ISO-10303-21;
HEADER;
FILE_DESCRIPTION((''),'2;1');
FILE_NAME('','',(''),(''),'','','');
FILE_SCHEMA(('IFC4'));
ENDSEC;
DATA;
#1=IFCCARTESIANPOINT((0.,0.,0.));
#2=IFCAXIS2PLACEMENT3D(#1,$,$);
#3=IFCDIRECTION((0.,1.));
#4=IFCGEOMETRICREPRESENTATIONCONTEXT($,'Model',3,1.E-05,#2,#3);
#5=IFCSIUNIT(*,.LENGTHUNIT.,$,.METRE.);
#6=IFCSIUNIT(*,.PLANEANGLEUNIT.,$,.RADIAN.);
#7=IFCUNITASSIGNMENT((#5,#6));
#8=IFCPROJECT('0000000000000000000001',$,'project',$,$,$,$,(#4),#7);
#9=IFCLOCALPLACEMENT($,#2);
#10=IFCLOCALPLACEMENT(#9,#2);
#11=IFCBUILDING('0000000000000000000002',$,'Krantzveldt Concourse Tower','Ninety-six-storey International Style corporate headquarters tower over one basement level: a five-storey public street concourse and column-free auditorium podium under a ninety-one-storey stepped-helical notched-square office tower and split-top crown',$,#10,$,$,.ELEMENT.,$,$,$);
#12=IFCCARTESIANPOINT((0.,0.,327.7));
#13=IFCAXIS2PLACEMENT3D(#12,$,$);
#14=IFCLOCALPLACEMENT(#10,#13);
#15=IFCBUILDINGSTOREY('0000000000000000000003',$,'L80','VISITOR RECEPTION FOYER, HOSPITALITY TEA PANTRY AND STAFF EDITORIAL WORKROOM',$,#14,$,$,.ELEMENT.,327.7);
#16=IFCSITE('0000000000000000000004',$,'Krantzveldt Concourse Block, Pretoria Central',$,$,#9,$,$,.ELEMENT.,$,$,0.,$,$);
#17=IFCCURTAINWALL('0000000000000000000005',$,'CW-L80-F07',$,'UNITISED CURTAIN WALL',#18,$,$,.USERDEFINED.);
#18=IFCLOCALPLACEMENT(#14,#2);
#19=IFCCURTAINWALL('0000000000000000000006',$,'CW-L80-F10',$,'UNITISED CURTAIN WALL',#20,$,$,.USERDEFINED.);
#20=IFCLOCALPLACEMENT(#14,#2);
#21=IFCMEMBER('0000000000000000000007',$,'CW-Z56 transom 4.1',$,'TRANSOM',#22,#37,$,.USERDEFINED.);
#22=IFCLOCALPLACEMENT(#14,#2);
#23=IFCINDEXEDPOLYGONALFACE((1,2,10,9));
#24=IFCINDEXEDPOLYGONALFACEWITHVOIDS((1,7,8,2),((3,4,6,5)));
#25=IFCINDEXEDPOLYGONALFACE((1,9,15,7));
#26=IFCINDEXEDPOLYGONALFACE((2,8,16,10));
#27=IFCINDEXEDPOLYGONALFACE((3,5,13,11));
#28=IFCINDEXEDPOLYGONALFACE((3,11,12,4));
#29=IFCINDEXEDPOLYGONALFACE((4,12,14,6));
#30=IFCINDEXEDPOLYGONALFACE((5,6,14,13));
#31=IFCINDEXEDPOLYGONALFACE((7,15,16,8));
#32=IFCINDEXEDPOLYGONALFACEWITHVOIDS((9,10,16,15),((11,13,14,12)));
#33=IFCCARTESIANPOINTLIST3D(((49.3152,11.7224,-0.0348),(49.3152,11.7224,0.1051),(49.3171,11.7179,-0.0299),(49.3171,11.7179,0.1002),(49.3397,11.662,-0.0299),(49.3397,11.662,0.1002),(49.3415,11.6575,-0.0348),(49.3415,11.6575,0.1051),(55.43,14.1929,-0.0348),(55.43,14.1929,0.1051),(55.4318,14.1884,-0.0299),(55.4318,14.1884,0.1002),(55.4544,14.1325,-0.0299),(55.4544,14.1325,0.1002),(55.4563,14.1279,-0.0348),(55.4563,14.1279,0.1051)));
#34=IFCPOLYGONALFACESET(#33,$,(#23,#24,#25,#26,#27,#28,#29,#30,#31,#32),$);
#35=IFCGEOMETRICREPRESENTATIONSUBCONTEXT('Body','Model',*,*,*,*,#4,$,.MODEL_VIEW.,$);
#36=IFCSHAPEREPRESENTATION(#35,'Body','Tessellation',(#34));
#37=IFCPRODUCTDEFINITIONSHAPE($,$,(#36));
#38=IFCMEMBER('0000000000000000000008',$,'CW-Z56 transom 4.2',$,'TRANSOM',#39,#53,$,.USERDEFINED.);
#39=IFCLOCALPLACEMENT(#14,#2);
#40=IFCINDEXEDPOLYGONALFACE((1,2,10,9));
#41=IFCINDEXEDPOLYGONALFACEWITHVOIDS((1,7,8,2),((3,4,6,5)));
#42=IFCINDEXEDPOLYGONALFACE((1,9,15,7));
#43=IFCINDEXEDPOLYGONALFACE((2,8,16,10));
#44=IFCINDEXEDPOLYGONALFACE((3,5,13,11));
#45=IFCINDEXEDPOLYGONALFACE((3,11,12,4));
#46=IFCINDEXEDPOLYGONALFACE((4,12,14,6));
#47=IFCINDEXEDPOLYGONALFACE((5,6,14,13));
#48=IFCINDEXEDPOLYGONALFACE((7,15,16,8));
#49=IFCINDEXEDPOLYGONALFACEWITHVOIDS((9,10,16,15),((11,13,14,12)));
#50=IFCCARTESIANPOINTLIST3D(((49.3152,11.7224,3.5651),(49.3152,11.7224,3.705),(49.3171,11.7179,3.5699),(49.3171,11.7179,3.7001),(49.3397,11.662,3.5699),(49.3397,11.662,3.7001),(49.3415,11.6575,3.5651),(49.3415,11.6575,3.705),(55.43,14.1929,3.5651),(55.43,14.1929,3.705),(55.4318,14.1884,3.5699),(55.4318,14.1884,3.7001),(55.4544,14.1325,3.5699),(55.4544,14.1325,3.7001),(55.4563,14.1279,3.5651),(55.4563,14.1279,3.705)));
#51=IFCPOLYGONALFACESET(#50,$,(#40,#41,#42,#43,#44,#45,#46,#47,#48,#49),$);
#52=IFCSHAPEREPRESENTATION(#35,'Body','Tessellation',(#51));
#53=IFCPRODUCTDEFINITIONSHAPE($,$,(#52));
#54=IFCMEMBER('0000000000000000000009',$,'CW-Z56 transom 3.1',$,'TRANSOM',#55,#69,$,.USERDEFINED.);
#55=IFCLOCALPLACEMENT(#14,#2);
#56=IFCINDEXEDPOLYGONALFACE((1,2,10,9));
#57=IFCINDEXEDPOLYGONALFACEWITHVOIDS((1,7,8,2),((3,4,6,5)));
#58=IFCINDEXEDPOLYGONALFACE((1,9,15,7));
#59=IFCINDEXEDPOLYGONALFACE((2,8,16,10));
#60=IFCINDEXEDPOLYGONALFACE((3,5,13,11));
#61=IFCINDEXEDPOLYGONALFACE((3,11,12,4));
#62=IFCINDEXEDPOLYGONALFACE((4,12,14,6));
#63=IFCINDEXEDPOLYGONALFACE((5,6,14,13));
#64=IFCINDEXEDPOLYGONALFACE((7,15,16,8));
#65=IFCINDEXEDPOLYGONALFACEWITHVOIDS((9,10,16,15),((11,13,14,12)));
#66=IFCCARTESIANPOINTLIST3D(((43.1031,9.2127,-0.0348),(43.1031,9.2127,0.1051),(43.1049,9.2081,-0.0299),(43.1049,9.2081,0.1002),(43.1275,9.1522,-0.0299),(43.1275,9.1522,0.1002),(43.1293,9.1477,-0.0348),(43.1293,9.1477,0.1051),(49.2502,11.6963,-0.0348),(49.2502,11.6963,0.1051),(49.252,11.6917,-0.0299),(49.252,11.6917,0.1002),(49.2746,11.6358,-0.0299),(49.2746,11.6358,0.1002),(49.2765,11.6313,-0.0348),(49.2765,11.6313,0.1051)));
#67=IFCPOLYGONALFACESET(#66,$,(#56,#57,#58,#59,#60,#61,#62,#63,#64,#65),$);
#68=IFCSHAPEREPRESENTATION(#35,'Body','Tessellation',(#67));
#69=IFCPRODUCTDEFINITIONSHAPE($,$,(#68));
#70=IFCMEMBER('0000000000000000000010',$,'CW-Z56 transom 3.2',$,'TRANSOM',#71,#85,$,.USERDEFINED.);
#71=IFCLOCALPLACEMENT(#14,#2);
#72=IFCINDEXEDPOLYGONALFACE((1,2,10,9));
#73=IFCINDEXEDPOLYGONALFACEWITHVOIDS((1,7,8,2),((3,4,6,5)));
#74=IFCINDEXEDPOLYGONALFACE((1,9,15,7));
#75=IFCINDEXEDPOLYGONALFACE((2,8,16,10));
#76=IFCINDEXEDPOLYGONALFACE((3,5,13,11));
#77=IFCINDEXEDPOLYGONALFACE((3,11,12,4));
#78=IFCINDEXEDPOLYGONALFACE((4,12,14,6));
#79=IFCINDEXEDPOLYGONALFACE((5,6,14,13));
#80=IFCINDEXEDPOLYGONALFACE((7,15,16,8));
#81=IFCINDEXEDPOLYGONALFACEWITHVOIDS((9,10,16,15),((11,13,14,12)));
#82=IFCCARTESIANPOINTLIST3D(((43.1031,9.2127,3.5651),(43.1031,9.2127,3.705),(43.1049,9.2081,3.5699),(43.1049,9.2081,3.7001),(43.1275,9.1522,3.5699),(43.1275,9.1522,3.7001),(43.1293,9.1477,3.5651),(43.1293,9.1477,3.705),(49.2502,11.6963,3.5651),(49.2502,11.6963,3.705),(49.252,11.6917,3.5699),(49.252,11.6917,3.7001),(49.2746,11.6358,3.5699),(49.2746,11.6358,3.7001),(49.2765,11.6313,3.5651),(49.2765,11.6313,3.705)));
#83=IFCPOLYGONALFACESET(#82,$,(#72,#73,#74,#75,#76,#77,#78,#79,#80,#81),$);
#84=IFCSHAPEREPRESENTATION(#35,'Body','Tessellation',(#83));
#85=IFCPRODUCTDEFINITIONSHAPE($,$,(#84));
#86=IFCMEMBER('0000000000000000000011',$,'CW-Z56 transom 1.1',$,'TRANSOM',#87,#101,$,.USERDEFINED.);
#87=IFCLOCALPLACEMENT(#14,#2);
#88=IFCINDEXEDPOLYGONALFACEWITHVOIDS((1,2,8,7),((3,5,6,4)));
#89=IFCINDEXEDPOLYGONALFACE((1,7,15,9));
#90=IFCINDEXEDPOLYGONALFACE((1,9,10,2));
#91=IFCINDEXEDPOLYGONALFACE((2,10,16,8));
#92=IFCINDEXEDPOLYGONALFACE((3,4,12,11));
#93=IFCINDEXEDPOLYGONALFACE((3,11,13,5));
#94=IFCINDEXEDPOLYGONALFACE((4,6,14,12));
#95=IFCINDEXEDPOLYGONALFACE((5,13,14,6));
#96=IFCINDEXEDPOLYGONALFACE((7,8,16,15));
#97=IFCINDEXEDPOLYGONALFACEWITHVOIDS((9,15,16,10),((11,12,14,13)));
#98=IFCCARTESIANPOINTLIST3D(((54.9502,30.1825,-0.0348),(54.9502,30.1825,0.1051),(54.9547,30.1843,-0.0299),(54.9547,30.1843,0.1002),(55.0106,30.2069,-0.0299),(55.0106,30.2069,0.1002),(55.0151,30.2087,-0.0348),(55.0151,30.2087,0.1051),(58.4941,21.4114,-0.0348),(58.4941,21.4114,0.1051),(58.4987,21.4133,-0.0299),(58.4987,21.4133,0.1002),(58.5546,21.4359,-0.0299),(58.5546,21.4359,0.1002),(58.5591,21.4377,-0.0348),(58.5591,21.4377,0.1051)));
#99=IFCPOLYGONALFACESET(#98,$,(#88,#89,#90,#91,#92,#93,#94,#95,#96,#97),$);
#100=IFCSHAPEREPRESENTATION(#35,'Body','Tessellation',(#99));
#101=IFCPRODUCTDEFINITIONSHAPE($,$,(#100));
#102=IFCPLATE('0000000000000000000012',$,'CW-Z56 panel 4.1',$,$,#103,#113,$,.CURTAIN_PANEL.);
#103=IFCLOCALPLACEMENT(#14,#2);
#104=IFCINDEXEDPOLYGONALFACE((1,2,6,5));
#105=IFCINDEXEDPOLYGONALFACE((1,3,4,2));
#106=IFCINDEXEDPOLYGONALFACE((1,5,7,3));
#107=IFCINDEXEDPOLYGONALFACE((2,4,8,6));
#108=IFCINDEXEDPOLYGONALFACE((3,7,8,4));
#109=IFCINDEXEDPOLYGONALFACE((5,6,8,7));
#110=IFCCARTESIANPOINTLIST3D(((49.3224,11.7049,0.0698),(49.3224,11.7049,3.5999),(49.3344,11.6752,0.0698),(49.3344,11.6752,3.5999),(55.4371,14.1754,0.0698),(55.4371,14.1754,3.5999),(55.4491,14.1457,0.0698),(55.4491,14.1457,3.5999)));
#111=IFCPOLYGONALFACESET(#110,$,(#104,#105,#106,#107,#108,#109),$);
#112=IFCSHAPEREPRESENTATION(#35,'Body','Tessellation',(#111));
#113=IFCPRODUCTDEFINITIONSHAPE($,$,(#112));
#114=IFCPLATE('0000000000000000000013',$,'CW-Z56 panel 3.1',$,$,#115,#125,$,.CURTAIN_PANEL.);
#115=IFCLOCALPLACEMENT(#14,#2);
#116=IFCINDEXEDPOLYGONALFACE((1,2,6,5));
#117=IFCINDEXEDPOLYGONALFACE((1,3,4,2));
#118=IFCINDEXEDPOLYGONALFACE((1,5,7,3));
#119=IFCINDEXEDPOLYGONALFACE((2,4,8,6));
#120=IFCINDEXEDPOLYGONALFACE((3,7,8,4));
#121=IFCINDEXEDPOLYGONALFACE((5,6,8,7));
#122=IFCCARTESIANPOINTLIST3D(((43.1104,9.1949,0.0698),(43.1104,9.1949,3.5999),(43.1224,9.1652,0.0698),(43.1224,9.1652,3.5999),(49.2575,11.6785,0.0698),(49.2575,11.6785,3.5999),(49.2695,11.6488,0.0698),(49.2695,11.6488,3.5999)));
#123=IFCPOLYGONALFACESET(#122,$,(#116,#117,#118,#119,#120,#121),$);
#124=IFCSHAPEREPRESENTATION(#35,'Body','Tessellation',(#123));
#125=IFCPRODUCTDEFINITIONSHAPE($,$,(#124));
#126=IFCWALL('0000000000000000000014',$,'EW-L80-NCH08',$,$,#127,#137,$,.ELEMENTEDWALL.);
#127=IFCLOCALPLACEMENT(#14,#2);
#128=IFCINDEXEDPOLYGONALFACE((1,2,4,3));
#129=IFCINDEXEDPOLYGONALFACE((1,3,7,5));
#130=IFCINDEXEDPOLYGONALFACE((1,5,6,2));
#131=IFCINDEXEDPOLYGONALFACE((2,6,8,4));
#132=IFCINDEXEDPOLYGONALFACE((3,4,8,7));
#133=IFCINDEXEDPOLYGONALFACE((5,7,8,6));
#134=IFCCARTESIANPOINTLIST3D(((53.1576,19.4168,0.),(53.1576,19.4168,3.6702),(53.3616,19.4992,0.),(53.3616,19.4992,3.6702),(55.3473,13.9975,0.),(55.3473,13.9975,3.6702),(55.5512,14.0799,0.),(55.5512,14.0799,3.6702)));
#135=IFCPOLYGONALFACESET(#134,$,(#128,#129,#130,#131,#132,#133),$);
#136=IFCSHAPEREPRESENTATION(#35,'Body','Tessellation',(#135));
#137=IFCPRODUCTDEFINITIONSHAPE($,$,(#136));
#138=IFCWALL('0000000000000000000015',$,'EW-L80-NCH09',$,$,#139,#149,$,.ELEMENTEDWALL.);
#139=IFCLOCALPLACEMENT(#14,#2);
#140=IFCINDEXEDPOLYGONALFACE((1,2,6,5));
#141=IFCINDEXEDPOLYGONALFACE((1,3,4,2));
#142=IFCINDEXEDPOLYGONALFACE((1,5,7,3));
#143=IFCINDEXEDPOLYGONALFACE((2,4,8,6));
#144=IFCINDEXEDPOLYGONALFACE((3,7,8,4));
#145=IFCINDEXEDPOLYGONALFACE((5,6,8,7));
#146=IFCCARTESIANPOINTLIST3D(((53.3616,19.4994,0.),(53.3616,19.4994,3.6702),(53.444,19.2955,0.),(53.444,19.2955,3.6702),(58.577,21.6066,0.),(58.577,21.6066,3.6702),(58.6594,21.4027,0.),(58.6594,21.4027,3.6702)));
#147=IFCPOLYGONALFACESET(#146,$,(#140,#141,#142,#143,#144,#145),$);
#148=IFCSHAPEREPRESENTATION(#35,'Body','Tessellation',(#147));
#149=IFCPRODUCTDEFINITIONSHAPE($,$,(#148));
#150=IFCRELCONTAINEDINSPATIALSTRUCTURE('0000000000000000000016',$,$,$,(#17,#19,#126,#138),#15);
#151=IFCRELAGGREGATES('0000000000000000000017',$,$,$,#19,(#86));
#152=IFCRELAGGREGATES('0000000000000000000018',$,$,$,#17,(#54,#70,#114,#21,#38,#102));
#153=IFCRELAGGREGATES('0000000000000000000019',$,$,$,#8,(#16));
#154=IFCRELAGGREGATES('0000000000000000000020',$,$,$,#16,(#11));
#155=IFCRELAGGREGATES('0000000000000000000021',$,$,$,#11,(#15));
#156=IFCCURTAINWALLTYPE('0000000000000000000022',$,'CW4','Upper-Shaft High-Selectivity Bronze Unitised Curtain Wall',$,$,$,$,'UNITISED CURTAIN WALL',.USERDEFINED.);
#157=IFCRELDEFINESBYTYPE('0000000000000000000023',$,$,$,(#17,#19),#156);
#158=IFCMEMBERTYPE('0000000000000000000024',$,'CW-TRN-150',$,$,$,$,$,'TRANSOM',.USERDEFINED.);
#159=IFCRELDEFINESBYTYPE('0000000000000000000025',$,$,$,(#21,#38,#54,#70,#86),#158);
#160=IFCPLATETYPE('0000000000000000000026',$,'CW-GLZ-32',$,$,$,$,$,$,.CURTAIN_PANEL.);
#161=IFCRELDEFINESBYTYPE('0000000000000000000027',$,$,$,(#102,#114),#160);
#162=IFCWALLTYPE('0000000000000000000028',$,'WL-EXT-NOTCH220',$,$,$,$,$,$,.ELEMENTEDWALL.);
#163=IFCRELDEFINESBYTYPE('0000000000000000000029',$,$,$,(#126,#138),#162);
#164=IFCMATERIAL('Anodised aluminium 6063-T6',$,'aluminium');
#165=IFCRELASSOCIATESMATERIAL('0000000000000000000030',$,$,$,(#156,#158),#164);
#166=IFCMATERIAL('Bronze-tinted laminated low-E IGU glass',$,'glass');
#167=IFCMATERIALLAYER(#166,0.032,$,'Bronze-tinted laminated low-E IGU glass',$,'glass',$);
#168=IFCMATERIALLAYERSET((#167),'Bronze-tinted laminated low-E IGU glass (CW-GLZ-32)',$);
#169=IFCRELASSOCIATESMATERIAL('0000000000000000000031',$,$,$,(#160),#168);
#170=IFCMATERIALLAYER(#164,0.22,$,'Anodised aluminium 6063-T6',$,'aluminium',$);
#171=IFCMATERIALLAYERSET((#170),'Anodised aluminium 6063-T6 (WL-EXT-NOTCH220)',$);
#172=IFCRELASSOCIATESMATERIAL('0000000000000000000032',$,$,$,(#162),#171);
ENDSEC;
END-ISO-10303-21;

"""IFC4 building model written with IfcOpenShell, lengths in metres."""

from ifc_helpers import new_model, si_unit, direction, frame, frame_2d, origin, origin_2d, place, context, subcontext, project, spatial, rectangle, hollow_rectangle, extrude, source, transform, mapped, material, layer, layer_set, material_profile, profile_set, type_object, type_shapes, element, aggregate, save


model = new_model("IFC4")

# Units and contexts
model_context = context("Model", 3, precision=1e-05, world=origin(), true_north=direction((0.0, 1.0)))
body_context = subcontext(model_context, "Body", "Model", "MODEL_VIEW")
ifc_project = project(units=[si_unit("LENGTHUNIT", "METRE"), si_unit("PLANEANGLEUNIT", "RADIAN")], contexts=[model_context])

# Site, building, storey
site_placement = place(None, origin())
site = spatial("IfcSite", under=ifc_project, at=site_placement, Name="Krantzveldt Concourse Block, Pretoria Central", CompositionType="ELEMENT", RefElevation=0.0)
building_placement = place(site_placement, origin())
building = spatial("IfcBuilding", under=site, at=building_placement, Name="Krantzveldt Concourse Tower", Description="Ninety-six-storey International Style corporate headquarters tower over one basement level: a five-storey public street concourse and column-free auditorium podium under a ninety-one-storey stepped-helical notched-square office tower and split-top crown", CompositionType="ELEMENT")
storey_placement = place(building_placement, frame((0.0, 0.0, 327.7)))
storey = spatial("IfcBuildingStorey", under=building, at=storey_placement, Name="L80", Description="VISITOR RECEPTION FOYER, HOSPITALITY TEA PANTRY AND STAFF EDITORIAL WORKROOM", CompositionType="ELEMENT", Elevation=327.7)

# Curtain wall
ifc_material_1 = material(Name="Anodised aluminium 6063-T6", Category="aluminium")
curtain_wall_type = type_object("IfcCurtainWallType", Name="CW4", Description="Upper-Shaft High-Selectivity Bronze Unitised Curtain Wall", ElementType="UNITISED CURTAIN WALL", PredefinedType="USERDEFINED", material=ifc_material_1)
curtain_wall_1_placement = place(storey_placement, origin())
curtain_wall_1 = element("IfcCurtainWall", 1, at=curtain_wall_1_placement, inside=storey, type_object=curtain_wall_type, Name="CW-L80-F07", ObjectType="UNITISED CURTAIN WALL", PredefinedType="USERDEFINED")

# Curtain wall
curtain_wall_2_placement = place(storey_placement, origin())
curtain_wall_2 = element("IfcCurtainWall", 2, at=curtain_wall_2_placement, inside=storey, type_object=curtain_wall_type, Name="CW-L80-F10", ObjectType="UNITISED CURTAIN WALL", PredefinedType="USERDEFINED")

# Members
ifc_material_profile_1 = material_profile(ifc_material_1, hollow_rectangle(XDim=0.0701, YDim=0.1399, WallThickness=0.0049, at=origin_2d()), Name="Anodised aluminium 6063-T6", Category="aluminium")
ifc_profile_set_1 = profile_set([ifc_material_profile_1], Name="Anodised aluminium 6063-T6 - ALU-TRAN 140x70x5")
member_type_1 = type_object("IfcMemberType", Name="CW-TRN-150", ElementType="TRANSOM", PredefinedType="USERDEFINED", material=ifc_profile_set_1)
shared_shape_1 = source(origin(), body_context, "Body", "SweptSolid", [
    extrude(hollow_rectangle(XDim=0.0701, YDim=0.1399, WallThickness=0.0049, at=origin_2d()), origin(), (0.0, 0.0, 1.0), 6.595),
])
member_1_placement = place(storey_placement, frame((49.3284, 11.6899, 0.0352), z_axis=(0.927187, 0.374599, 0.0), x_axis=(-0.374599, 0.927187, 0.0)))
member_1 = element("IfcMember", 3, at=member_1_placement, type_object=member_type_1, Name="CW-Z56 transom 4.1", ObjectType="TRANSOM", PredefinedType="USERDEFINED", context=body_context, shape_type="MappedRepresentation", body=[
    mapped(shared_shape_1, transform((0.0, 0.0, 0.0), x_axis=(1.0, 0.0, 0.0), y_axis=(0.0, 1.0, 0.0), z_axis=(0.0, 0.0, 1.0), scale=1.0)),
])
member_2_placement = place(storey_placement, frame((49.3284, 11.6899, 3.635), z_axis=(0.927187, 0.374599, 0.0), x_axis=(-0.374599, 0.927187, 0.0)))
member_2 = element("IfcMember", 4, at=member_2_placement, type_object=member_type_1, Name="CW-Z56 transom 4.2", ObjectType="TRANSOM", PredefinedType="USERDEFINED", context=body_context, shape_type="MappedRepresentation", body=[
    mapped(shared_shape_1, transform((0.0, 0.0, 0.0), x_axis=(1.0, 0.0, 0.0), y_axis=(0.0, 1.0, 0.0), z_axis=(0.0, 0.0, 1.0), scale=1.0)),
])
shared_shape_2 = source(origin(), body_context, "Body", "SweptSolid", [
    extrude(hollow_rectangle(XDim=0.0701, YDim=0.1399, WallThickness=0.0049, at=origin_2d()), origin(), (0.0, 0.0, 1.0), 6.6299),
])
member_3_placement = place(storey_placement, frame((43.1162, 9.1802, 0.0352), z_axis=(0.927184, 0.374607, 0.0), x_axis=(-0.374607, 0.927184, 0.0)))
member_3 = element("IfcMember", 5, at=member_3_placement, type_object=member_type_1, Name="CW-Z56 transom 3.1", ObjectType="TRANSOM", PredefinedType="USERDEFINED", context=body_context, shape_type="MappedRepresentation", body=[
    mapped(shared_shape_2, transform((0.0, 0.0, 0.0), x_axis=(1.0, 0.0, 0.0), y_axis=(0.0, 1.0, 0.0), z_axis=(0.0, 0.0, 1.0), scale=1.0)),
])
member_4_placement = place(storey_placement, frame((43.1162, 9.1802, 3.635), z_axis=(0.927184, 0.374607, 0.0), x_axis=(-0.374607, 0.927184, 0.0)))
member_4 = element("IfcMember", 6, at=member_4_placement, type_object=member_type_1, Name="CW-Z56 transom 3.2", ObjectType="TRANSOM", PredefinedType="USERDEFINED", context=body_context, shape_type="MappedRepresentation", body=[
    mapped(shared_shape_2, transform((0.0, 0.0, 0.0), x_axis=(1.0, 0.0, 0.0), y_axis=(0.0, 1.0, 0.0), z_axis=(0.0, 0.0, 1.0), scale=1.0)),
])
shared_shape_3 = source(origin(), body_context, "Body", "SweptSolid", [
    extrude(hollow_rectangle(XDim=0.0701, YDim=0.1399, WallThickness=0.0049, at=origin_2d()), origin(), (0.0, 0.0, 1.0), 9.46),
])
type_shapes(member_type_1, [shared_shape_1, shared_shape_2, shared_shape_3])
member_5_placement = place(storey_placement, frame((58.5266, 21.4246, 0.0352), z_axis=(-0.374628, 0.927175, 0.0), x_axis=(-0.927175, -0.374628, 0.0)))
member_5 = element("IfcMember", 7, at=member_5_placement, type_object=member_type_1, Name="CW-Z56 transom 1.1", ObjectType="TRANSOM", PredefinedType="USERDEFINED", context=body_context, shape_type="MappedRepresentation", body=[
    mapped(shared_shape_3, transform((0.0, 0.0, 0.0), x_axis=(1.0, 0.0, 0.0), y_axis=(0.0, 1.0, 0.0), z_axis=(0.0, 0.0, 1.0), scale=1.0)),
])
aggregate(curtain_wall_2, [member_5])

# Plates
ifc_material_2 = material(Name="Bronze-tinted laminated low-E IGU glass", Category="glass")
ifc_layer_1 = layer(ifc_material_2, 0.032, Name="Bronze-tinted laminated low-E IGU glass", Category="glass")
ifc_layer_set_1 = layer_set([ifc_layer_1], Name="Bronze-tinted laminated low-E IGU glass (CW-GLZ-32)")
plate_type = type_object("IfcPlateType", Name="CW-GLZ-32", PredefinedType="CURTAIN_PANEL", material=ifc_layer_set_1)
shared_shape_4 = source(origin(), body_context, "Body", "SweptSolid", [
    extrude(rectangle(XDim=6.595, YDim=0.032, at=origin_2d()), origin(), (0.0, 0.0, 1.0), 3.53),
])
plate_1_placement = place(storey_placement, frame((52.3857, 12.9253, 0.0698), z_axis=(0.0, 0.0, 1.0), x_axis=(0.927184, 0.374607, 0.0)))
plate_1 = element("IfcPlate", 8, at=plate_1_placement, type_object=plate_type, Name="CW-Z56 panel 4.1", PredefinedType="CURTAIN_PANEL", context=body_context, shape_type="MappedRepresentation", body=[
    mapped(shared_shape_4, transform((0.0, 0.0, 0.0), x_axis=(1.0, 0.0, 0.0), y_axis=(0.0, 1.0, 0.0), z_axis=(0.0, 0.0, 1.0), scale=1.0)),
])
shared_shape_5 = source(origin(), body_context, "Body", "SweptSolid", [
    extrude(rectangle(XDim=6.6299, YDim=0.032, at=origin_2d()), origin(), (0.0, 0.0, 1.0), 3.53),
])
type_shapes(plate_type, [shared_shape_4, shared_shape_5])
plate_2_placement = place(storey_placement, frame((46.1899, 10.4219, 0.0698), z_axis=(0.0, 0.0, 1.0), x_axis=(0.927184, 0.374607, 0.0)))
plate_2 = element("IfcPlate", 9, at=plate_2_placement, type_object=plate_type, Name="CW-Z56 panel 3.1", PredefinedType="CURTAIN_PANEL", context=body_context, shape_type="MappedRepresentation", body=[
    mapped(shared_shape_5, transform((0.0, 0.0, 0.0), x_axis=(1.0, 0.0, 0.0), y_axis=(0.0, 1.0, 0.0), z_axis=(0.0, 0.0, 1.0), scale=1.0)),
])
aggregate(curtain_wall_1, [member_3, member_4, plate_2, member_1, member_2, plate_1])

# Walls
ifc_layer_2 = layer(ifc_material_1, 0.22, Name="Anodised aluminium 6063-T6", Category="aluminium")
ifc_layer_set_2 = layer_set([ifc_layer_2], Name="Anodised aluminium 6063-T6 (WL-EXT-NOTCH220)")
wall_type_1 = type_object("IfcWallType", Name="WL-EXT-NOTCH220", PredefinedType="ELEMENTEDWALL", material=ifc_layer_set_2)
wall_1_placement = place(storey_placement, frame((55.4492, 14.0388, 0.0), z_axis=(0.0, 0.0, 1.0), x_axis=(-0.374622, 0.927178, 0.0)))
element("IfcWall", 10, at=wall_1_placement, inside=storey, type_object=wall_type_1, Name="EW-L80-NCH08", PredefinedType="ELEMENTEDWALL", context=body_context, shape_type="SweptSolid", body=[
    extrude(rectangle(XDim=5.845, YDim=0.22, at=frame_2d((2.9224, 0.0))), origin(), (0.0, 0.0, 1.0), 3.6702),
])
wall_2_placement = place(storey_placement, frame((53.4028, 19.3975, 0.0), z_axis=(0.0, 0.0, 1.0), x_axis=(0.927181, 0.374614, 0.0)))
element("IfcWall", 11, at=wall_2_placement, inside=storey, type_object=wall_type_1, Name="EW-L80-NCH09", PredefinedType="ELEMENTEDWALL", context=body_context, shape_type="SweptSolid", body=[
    extrude(rectangle(XDim=5.625, YDim=0.22, at=frame_2d((2.8125, 0.0))), origin(), (0.0, 0.0, 1.0), 3.6702),
])

save(model, "model.ifc")
